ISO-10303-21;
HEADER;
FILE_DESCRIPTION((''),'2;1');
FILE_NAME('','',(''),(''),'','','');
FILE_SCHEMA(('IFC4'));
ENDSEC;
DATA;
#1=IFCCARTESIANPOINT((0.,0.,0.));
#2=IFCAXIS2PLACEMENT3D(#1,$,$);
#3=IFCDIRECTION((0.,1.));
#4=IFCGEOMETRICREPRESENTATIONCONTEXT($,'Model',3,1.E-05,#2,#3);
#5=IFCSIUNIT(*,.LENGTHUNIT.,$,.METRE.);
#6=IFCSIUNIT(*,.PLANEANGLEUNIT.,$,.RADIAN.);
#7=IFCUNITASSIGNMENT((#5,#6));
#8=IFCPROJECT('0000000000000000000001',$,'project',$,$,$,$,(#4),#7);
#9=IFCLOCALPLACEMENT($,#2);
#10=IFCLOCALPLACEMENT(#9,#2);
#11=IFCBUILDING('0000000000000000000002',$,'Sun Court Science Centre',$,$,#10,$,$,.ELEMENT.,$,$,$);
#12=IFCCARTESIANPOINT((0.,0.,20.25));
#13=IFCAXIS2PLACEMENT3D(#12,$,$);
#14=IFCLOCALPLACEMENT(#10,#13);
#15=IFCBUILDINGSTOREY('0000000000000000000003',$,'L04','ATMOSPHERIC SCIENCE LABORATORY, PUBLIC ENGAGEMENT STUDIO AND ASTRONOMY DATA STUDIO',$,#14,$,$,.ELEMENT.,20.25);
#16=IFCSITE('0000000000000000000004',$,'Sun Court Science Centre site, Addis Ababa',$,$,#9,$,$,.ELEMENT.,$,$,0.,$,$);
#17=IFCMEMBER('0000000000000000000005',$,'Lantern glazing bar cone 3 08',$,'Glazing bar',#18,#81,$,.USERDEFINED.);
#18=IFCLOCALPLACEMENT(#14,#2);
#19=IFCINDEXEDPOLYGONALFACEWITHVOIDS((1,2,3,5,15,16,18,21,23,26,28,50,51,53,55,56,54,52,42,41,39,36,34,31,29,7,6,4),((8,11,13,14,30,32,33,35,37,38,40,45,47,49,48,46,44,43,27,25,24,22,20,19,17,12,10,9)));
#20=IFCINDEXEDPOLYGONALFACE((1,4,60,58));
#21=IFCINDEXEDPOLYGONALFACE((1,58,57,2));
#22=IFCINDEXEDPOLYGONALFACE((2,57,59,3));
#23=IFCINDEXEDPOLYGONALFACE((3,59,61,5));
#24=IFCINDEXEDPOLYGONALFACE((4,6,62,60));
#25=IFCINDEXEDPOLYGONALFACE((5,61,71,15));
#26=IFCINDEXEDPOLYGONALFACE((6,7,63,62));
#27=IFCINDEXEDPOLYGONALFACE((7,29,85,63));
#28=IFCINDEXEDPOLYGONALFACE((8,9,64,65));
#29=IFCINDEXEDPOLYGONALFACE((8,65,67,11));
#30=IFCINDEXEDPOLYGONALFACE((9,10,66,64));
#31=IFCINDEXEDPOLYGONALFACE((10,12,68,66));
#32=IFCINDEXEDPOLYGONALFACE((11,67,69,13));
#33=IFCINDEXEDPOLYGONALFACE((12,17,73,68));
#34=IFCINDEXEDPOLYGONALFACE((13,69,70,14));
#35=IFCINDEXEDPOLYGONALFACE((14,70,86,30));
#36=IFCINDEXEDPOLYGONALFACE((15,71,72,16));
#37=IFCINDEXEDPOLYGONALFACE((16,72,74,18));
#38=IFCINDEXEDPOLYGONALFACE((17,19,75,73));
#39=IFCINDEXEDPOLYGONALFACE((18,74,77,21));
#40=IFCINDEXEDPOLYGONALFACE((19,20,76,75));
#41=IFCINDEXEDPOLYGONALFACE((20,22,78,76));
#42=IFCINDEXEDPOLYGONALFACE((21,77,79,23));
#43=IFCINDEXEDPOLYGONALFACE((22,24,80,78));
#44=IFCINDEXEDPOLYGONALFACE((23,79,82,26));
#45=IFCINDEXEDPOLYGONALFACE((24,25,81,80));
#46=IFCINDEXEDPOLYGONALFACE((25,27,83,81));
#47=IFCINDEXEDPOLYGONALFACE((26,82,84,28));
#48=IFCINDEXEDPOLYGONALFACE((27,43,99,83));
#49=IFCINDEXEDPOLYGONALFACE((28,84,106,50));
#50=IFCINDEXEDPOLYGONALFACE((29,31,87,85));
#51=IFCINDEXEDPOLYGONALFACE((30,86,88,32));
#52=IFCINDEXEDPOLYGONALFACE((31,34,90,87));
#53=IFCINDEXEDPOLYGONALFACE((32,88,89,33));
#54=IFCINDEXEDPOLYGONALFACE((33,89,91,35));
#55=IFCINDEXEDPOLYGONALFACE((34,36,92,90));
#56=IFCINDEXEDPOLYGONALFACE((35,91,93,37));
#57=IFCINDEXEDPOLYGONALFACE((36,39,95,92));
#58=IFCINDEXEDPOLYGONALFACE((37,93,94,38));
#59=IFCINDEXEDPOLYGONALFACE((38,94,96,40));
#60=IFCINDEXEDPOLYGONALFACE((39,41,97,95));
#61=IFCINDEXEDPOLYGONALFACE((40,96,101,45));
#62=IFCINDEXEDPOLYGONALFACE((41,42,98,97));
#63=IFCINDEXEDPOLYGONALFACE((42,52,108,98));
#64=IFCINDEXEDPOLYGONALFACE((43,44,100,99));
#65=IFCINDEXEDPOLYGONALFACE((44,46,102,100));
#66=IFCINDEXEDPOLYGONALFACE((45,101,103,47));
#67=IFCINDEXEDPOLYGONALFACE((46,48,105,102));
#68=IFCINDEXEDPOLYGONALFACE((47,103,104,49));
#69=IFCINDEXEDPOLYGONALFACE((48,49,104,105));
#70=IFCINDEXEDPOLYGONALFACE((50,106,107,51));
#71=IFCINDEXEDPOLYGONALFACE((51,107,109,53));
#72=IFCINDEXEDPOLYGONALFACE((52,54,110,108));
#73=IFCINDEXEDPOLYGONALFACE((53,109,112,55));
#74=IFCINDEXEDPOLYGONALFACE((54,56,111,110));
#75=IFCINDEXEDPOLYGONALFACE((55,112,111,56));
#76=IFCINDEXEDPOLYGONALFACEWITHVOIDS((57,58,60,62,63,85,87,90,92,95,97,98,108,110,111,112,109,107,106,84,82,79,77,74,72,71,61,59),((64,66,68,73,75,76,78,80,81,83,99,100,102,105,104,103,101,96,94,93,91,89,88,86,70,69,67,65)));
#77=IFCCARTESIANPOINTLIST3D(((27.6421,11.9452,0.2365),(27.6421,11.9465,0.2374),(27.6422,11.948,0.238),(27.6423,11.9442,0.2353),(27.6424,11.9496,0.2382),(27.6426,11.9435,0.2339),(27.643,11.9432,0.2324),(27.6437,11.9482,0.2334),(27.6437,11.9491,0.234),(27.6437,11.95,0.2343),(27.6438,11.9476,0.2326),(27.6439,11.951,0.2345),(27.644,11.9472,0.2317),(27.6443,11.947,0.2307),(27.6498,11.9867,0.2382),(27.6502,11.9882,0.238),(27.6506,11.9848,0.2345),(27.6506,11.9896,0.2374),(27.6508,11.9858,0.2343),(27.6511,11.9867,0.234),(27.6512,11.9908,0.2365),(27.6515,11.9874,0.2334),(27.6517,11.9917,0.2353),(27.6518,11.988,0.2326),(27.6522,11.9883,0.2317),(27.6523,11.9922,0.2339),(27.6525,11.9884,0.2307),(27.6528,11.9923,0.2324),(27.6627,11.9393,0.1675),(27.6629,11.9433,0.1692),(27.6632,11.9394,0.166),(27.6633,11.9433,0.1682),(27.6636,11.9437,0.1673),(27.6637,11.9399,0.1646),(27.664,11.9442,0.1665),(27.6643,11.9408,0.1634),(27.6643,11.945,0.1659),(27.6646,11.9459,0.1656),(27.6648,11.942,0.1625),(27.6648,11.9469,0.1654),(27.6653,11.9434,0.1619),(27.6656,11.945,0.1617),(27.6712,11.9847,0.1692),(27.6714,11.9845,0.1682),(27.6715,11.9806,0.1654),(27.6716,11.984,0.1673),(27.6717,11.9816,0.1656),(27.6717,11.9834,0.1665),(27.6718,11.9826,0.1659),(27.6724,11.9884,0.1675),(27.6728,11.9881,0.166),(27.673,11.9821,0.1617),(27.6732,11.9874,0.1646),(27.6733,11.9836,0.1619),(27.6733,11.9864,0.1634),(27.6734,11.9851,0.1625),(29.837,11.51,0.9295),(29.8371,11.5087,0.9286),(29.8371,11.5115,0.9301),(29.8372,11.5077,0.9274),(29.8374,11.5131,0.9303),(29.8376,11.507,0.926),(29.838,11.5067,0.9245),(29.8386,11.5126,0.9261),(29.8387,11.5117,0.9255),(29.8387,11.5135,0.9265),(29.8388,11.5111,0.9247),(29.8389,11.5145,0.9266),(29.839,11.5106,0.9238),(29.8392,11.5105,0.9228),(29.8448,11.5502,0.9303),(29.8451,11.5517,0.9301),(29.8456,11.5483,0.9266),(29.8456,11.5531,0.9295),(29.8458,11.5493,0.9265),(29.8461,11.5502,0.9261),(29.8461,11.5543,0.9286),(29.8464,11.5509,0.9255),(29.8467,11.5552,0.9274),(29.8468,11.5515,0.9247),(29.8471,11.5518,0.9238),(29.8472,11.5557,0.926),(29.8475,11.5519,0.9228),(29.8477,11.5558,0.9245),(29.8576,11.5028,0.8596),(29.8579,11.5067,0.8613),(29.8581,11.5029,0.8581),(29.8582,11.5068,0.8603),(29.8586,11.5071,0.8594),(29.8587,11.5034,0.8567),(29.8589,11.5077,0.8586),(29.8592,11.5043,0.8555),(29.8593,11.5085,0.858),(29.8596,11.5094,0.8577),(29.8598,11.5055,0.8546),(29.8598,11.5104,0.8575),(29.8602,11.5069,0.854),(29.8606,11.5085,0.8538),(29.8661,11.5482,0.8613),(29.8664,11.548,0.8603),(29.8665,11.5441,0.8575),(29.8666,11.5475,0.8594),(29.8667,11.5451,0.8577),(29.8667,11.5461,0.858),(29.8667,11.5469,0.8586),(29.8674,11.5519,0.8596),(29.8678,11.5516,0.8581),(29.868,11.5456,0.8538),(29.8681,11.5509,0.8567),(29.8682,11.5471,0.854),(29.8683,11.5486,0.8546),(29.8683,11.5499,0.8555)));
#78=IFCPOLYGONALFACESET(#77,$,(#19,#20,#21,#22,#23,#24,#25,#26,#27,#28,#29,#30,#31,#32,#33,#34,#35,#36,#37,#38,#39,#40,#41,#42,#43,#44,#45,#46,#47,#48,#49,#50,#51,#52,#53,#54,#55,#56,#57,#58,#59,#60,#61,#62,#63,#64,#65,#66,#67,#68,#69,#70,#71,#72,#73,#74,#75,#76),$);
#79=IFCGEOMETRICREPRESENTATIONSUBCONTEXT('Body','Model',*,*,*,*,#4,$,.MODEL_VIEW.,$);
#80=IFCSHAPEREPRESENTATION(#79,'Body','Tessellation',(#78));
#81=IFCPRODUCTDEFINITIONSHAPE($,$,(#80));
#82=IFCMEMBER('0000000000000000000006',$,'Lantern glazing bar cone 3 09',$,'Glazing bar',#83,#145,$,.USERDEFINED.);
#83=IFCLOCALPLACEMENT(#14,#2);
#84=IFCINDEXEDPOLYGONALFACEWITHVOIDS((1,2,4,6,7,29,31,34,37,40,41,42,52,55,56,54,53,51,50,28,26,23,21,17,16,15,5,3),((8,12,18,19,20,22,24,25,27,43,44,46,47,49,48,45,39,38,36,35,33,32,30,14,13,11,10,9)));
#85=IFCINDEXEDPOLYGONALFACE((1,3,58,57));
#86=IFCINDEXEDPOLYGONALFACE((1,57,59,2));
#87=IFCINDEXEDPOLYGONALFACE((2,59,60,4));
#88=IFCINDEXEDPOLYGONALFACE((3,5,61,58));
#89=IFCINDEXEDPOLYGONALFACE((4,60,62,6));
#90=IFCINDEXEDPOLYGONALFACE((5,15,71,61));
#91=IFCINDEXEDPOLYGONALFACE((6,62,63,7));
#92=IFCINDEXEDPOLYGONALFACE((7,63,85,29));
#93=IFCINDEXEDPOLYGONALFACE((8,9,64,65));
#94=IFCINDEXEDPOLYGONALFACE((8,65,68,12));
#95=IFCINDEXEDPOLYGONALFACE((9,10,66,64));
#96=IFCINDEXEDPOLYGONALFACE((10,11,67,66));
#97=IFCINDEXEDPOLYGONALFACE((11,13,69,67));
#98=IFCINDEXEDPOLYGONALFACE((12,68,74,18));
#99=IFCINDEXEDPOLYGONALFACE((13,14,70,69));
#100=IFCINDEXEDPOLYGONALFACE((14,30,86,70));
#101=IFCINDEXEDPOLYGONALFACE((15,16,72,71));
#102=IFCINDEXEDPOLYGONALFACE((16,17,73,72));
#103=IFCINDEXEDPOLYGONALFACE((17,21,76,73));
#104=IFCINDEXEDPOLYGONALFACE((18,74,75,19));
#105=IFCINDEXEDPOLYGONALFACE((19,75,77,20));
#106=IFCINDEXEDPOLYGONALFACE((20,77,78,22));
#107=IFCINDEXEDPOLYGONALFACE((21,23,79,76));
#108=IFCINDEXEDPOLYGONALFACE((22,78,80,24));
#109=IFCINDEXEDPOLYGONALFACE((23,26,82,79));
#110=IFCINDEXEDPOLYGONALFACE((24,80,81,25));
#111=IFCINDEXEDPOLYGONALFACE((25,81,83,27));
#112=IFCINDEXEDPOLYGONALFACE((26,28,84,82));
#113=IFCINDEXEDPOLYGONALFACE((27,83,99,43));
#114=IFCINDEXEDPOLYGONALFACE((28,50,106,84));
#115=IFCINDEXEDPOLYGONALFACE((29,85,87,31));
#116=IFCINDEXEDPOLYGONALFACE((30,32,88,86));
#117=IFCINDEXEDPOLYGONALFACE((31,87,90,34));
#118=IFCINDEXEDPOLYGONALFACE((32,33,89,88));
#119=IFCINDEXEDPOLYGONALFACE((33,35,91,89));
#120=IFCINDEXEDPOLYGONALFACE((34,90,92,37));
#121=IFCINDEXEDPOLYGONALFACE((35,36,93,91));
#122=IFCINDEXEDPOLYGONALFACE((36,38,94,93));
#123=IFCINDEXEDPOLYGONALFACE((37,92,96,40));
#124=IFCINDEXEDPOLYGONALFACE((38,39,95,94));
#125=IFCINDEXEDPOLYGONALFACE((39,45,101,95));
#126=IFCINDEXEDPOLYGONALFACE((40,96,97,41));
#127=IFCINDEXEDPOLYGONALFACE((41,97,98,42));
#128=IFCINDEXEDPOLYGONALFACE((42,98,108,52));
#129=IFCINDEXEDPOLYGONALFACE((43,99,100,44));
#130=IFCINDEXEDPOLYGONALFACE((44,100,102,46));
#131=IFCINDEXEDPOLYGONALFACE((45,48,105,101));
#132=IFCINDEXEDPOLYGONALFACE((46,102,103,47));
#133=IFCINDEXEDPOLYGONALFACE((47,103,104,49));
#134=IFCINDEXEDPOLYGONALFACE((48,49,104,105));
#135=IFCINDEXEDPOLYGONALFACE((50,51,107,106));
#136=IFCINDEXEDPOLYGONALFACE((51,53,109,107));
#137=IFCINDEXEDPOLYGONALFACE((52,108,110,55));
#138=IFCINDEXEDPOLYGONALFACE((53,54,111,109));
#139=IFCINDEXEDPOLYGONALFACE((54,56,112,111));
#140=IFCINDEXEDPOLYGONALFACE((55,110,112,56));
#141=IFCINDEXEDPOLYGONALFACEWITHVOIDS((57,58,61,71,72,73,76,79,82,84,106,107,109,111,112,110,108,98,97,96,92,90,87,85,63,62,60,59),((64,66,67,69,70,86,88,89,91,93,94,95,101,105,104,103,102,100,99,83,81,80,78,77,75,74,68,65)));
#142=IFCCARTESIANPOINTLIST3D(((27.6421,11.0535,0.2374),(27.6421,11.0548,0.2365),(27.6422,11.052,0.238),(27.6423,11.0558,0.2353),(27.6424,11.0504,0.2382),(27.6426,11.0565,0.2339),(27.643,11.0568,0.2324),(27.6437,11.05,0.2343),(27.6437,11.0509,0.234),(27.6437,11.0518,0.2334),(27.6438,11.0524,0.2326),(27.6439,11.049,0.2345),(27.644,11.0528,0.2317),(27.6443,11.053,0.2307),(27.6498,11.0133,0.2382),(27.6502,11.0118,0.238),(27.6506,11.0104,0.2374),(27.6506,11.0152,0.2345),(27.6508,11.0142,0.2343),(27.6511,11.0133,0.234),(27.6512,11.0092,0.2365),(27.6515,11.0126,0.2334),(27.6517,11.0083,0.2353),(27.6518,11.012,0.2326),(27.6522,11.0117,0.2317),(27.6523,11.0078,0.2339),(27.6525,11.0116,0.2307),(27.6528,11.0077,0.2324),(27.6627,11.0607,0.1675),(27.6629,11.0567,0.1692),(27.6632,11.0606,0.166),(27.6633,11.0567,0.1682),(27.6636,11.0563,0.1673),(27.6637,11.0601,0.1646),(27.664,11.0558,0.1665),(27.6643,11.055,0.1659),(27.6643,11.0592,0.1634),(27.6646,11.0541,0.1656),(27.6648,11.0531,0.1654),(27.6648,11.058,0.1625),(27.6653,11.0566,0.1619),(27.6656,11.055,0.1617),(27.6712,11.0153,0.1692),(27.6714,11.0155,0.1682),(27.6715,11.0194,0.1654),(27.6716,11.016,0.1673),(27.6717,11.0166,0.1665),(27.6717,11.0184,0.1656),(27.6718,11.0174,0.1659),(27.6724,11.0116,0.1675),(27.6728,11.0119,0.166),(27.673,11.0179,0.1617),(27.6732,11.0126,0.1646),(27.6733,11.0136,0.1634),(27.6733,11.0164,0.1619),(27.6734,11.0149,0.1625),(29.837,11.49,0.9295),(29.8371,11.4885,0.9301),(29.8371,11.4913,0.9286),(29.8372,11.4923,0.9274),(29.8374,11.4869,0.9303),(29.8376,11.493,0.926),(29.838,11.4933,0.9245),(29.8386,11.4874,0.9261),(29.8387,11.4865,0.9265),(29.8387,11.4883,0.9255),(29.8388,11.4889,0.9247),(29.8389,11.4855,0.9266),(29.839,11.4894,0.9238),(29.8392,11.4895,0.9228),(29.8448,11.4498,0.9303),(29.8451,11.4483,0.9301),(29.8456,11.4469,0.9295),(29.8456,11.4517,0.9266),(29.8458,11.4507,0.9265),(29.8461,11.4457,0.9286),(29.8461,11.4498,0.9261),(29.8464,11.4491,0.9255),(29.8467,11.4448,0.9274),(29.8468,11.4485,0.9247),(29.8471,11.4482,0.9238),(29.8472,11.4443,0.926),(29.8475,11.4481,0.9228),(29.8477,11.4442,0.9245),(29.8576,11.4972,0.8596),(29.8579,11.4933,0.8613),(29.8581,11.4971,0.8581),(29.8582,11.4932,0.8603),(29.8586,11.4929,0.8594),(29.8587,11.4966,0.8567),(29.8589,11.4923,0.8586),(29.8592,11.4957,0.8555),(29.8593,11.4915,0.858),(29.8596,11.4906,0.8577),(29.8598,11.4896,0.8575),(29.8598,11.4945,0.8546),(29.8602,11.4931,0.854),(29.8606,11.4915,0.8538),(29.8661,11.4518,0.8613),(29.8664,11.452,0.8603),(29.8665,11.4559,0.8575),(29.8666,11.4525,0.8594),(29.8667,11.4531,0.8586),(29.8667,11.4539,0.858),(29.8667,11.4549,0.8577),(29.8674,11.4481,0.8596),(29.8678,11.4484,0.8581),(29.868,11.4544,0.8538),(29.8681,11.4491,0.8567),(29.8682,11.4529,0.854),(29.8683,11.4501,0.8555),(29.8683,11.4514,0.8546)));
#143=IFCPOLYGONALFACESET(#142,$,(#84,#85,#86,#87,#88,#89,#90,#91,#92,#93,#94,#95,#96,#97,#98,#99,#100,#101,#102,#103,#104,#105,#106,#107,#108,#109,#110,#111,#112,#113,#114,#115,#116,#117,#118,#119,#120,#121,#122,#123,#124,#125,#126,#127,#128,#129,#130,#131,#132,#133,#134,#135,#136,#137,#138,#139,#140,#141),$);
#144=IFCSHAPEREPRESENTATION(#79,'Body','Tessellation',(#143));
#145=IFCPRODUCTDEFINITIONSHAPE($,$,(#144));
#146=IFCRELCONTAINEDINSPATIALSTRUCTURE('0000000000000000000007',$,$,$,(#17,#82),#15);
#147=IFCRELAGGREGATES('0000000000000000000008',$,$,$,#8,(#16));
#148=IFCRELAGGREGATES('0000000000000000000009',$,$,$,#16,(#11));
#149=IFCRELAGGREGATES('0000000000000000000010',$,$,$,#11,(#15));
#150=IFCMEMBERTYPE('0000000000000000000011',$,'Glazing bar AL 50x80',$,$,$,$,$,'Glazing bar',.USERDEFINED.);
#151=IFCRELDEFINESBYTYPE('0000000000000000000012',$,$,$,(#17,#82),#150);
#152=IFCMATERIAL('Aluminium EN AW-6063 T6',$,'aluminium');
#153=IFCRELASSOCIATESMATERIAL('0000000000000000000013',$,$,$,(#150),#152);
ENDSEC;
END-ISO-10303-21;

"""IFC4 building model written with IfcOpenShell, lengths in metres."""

from ifc_helpers import new_model, si_unit, direction, frame, origin, origin_2d, place, context, subcontext, project, spatial, hollow_rectangle, extrude, material, material_profile, profile_set, type_object, element, save


model = new_model("IFC4")

# Units and contexts
model_context = context("Model", 3, precision=1e-05, world=origin(), true_north=direction((0.0, 1.0)))
body_context = subcontext(model_context, "Body", "Model", "MODEL_VIEW")
ifc_project = project(units=[si_unit("LENGTHUNIT", "METRE"), si_unit("PLANEANGLEUNIT", "RADIAN")], contexts=[model_context])

# Site, building, storey
site_placement = place(None, origin())
site = spatial("IfcSite", under=ifc_project, at=site_placement, Name="Sun Court Science Centre site, Addis Ababa", CompositionType="ELEMENT", RefElevation=0.0)
building_placement = place(site_placement, origin())
building = spatial("IfcBuilding", under=site, at=building_placement, Name="Sun Court Science Centre", CompositionType="ELEMENT")
storey_placement = place(building_placement, frame((0.0, 0.0, 20.25)))
storey = spatial("IfcBuildingStorey", under=building, at=storey_placement, Name="L04", Description="ATMOSPHERIC SCIENCE LABORATORY, PUBLIC ENGAGEMENT STUDIO AND ASTRONOMY DATA STUDIO", CompositionType="ELEMENT", Elevation=20.25)

# Members
ifc_material_1 = material(Name="Aluminium EN AW-6063 T6", Category="aluminium")
ifc_material_profile_1 = material_profile(ifc_material_1, hollow_rectangle(XDim=0.05, YDim=0.0801, WallThickness=0.0039, InnerFilletRadius=0.0039, OuterFilletRadius=0.0061, at=origin_2d()), Name="AL 50x80x4")
ifc_profile_set_1 = profile_set([ifc_material_profile_1], Name="Aluminium EN AW-6063 T6")
member_type_1 = type_object("IfcMemberType", Name="Glazing bar AL 50x80", ElementType="Glazing bar", PredefinedType="USERDEFINED", material=ifc_profile_set_1)
for number, where, z_axis, x_axis, name in (
    (1, (27.6577, 11.9658, 0.2), (0.937009, -0.186339, 0.295453), (0.195046, 0.980794, 0.0), "Lantern glazing bar cone 3 08"),
    (2, (27.6577, 11.0342, 0.2), (0.937009, 0.186339, 0.295453), (-0.195046, 0.980794, 0.0), "Lantern glazing bar cone 3 09"),
):
    element("IfcMember", number, at=place(storey_placement, frame(where, z_axis=z_axis, x_axis=x_axis)), inside=storey, type_object=member_type_1, Name=name, ObjectType="Glazing bar", PredefinedType="USERDEFINED", context=body_context, shape_type="SweptSolid", body=[
        extrude(hollow_rectangle(XDim=0.05, YDim=0.0801, WallThickness=0.0039, InnerFilletRadius=0.0039, OuterFilletRadius=0.0061, at=origin_2d()), origin(), (0.0, 0.0, 1.0), 2.3425),
    ])

save(model, "model.ifc")
